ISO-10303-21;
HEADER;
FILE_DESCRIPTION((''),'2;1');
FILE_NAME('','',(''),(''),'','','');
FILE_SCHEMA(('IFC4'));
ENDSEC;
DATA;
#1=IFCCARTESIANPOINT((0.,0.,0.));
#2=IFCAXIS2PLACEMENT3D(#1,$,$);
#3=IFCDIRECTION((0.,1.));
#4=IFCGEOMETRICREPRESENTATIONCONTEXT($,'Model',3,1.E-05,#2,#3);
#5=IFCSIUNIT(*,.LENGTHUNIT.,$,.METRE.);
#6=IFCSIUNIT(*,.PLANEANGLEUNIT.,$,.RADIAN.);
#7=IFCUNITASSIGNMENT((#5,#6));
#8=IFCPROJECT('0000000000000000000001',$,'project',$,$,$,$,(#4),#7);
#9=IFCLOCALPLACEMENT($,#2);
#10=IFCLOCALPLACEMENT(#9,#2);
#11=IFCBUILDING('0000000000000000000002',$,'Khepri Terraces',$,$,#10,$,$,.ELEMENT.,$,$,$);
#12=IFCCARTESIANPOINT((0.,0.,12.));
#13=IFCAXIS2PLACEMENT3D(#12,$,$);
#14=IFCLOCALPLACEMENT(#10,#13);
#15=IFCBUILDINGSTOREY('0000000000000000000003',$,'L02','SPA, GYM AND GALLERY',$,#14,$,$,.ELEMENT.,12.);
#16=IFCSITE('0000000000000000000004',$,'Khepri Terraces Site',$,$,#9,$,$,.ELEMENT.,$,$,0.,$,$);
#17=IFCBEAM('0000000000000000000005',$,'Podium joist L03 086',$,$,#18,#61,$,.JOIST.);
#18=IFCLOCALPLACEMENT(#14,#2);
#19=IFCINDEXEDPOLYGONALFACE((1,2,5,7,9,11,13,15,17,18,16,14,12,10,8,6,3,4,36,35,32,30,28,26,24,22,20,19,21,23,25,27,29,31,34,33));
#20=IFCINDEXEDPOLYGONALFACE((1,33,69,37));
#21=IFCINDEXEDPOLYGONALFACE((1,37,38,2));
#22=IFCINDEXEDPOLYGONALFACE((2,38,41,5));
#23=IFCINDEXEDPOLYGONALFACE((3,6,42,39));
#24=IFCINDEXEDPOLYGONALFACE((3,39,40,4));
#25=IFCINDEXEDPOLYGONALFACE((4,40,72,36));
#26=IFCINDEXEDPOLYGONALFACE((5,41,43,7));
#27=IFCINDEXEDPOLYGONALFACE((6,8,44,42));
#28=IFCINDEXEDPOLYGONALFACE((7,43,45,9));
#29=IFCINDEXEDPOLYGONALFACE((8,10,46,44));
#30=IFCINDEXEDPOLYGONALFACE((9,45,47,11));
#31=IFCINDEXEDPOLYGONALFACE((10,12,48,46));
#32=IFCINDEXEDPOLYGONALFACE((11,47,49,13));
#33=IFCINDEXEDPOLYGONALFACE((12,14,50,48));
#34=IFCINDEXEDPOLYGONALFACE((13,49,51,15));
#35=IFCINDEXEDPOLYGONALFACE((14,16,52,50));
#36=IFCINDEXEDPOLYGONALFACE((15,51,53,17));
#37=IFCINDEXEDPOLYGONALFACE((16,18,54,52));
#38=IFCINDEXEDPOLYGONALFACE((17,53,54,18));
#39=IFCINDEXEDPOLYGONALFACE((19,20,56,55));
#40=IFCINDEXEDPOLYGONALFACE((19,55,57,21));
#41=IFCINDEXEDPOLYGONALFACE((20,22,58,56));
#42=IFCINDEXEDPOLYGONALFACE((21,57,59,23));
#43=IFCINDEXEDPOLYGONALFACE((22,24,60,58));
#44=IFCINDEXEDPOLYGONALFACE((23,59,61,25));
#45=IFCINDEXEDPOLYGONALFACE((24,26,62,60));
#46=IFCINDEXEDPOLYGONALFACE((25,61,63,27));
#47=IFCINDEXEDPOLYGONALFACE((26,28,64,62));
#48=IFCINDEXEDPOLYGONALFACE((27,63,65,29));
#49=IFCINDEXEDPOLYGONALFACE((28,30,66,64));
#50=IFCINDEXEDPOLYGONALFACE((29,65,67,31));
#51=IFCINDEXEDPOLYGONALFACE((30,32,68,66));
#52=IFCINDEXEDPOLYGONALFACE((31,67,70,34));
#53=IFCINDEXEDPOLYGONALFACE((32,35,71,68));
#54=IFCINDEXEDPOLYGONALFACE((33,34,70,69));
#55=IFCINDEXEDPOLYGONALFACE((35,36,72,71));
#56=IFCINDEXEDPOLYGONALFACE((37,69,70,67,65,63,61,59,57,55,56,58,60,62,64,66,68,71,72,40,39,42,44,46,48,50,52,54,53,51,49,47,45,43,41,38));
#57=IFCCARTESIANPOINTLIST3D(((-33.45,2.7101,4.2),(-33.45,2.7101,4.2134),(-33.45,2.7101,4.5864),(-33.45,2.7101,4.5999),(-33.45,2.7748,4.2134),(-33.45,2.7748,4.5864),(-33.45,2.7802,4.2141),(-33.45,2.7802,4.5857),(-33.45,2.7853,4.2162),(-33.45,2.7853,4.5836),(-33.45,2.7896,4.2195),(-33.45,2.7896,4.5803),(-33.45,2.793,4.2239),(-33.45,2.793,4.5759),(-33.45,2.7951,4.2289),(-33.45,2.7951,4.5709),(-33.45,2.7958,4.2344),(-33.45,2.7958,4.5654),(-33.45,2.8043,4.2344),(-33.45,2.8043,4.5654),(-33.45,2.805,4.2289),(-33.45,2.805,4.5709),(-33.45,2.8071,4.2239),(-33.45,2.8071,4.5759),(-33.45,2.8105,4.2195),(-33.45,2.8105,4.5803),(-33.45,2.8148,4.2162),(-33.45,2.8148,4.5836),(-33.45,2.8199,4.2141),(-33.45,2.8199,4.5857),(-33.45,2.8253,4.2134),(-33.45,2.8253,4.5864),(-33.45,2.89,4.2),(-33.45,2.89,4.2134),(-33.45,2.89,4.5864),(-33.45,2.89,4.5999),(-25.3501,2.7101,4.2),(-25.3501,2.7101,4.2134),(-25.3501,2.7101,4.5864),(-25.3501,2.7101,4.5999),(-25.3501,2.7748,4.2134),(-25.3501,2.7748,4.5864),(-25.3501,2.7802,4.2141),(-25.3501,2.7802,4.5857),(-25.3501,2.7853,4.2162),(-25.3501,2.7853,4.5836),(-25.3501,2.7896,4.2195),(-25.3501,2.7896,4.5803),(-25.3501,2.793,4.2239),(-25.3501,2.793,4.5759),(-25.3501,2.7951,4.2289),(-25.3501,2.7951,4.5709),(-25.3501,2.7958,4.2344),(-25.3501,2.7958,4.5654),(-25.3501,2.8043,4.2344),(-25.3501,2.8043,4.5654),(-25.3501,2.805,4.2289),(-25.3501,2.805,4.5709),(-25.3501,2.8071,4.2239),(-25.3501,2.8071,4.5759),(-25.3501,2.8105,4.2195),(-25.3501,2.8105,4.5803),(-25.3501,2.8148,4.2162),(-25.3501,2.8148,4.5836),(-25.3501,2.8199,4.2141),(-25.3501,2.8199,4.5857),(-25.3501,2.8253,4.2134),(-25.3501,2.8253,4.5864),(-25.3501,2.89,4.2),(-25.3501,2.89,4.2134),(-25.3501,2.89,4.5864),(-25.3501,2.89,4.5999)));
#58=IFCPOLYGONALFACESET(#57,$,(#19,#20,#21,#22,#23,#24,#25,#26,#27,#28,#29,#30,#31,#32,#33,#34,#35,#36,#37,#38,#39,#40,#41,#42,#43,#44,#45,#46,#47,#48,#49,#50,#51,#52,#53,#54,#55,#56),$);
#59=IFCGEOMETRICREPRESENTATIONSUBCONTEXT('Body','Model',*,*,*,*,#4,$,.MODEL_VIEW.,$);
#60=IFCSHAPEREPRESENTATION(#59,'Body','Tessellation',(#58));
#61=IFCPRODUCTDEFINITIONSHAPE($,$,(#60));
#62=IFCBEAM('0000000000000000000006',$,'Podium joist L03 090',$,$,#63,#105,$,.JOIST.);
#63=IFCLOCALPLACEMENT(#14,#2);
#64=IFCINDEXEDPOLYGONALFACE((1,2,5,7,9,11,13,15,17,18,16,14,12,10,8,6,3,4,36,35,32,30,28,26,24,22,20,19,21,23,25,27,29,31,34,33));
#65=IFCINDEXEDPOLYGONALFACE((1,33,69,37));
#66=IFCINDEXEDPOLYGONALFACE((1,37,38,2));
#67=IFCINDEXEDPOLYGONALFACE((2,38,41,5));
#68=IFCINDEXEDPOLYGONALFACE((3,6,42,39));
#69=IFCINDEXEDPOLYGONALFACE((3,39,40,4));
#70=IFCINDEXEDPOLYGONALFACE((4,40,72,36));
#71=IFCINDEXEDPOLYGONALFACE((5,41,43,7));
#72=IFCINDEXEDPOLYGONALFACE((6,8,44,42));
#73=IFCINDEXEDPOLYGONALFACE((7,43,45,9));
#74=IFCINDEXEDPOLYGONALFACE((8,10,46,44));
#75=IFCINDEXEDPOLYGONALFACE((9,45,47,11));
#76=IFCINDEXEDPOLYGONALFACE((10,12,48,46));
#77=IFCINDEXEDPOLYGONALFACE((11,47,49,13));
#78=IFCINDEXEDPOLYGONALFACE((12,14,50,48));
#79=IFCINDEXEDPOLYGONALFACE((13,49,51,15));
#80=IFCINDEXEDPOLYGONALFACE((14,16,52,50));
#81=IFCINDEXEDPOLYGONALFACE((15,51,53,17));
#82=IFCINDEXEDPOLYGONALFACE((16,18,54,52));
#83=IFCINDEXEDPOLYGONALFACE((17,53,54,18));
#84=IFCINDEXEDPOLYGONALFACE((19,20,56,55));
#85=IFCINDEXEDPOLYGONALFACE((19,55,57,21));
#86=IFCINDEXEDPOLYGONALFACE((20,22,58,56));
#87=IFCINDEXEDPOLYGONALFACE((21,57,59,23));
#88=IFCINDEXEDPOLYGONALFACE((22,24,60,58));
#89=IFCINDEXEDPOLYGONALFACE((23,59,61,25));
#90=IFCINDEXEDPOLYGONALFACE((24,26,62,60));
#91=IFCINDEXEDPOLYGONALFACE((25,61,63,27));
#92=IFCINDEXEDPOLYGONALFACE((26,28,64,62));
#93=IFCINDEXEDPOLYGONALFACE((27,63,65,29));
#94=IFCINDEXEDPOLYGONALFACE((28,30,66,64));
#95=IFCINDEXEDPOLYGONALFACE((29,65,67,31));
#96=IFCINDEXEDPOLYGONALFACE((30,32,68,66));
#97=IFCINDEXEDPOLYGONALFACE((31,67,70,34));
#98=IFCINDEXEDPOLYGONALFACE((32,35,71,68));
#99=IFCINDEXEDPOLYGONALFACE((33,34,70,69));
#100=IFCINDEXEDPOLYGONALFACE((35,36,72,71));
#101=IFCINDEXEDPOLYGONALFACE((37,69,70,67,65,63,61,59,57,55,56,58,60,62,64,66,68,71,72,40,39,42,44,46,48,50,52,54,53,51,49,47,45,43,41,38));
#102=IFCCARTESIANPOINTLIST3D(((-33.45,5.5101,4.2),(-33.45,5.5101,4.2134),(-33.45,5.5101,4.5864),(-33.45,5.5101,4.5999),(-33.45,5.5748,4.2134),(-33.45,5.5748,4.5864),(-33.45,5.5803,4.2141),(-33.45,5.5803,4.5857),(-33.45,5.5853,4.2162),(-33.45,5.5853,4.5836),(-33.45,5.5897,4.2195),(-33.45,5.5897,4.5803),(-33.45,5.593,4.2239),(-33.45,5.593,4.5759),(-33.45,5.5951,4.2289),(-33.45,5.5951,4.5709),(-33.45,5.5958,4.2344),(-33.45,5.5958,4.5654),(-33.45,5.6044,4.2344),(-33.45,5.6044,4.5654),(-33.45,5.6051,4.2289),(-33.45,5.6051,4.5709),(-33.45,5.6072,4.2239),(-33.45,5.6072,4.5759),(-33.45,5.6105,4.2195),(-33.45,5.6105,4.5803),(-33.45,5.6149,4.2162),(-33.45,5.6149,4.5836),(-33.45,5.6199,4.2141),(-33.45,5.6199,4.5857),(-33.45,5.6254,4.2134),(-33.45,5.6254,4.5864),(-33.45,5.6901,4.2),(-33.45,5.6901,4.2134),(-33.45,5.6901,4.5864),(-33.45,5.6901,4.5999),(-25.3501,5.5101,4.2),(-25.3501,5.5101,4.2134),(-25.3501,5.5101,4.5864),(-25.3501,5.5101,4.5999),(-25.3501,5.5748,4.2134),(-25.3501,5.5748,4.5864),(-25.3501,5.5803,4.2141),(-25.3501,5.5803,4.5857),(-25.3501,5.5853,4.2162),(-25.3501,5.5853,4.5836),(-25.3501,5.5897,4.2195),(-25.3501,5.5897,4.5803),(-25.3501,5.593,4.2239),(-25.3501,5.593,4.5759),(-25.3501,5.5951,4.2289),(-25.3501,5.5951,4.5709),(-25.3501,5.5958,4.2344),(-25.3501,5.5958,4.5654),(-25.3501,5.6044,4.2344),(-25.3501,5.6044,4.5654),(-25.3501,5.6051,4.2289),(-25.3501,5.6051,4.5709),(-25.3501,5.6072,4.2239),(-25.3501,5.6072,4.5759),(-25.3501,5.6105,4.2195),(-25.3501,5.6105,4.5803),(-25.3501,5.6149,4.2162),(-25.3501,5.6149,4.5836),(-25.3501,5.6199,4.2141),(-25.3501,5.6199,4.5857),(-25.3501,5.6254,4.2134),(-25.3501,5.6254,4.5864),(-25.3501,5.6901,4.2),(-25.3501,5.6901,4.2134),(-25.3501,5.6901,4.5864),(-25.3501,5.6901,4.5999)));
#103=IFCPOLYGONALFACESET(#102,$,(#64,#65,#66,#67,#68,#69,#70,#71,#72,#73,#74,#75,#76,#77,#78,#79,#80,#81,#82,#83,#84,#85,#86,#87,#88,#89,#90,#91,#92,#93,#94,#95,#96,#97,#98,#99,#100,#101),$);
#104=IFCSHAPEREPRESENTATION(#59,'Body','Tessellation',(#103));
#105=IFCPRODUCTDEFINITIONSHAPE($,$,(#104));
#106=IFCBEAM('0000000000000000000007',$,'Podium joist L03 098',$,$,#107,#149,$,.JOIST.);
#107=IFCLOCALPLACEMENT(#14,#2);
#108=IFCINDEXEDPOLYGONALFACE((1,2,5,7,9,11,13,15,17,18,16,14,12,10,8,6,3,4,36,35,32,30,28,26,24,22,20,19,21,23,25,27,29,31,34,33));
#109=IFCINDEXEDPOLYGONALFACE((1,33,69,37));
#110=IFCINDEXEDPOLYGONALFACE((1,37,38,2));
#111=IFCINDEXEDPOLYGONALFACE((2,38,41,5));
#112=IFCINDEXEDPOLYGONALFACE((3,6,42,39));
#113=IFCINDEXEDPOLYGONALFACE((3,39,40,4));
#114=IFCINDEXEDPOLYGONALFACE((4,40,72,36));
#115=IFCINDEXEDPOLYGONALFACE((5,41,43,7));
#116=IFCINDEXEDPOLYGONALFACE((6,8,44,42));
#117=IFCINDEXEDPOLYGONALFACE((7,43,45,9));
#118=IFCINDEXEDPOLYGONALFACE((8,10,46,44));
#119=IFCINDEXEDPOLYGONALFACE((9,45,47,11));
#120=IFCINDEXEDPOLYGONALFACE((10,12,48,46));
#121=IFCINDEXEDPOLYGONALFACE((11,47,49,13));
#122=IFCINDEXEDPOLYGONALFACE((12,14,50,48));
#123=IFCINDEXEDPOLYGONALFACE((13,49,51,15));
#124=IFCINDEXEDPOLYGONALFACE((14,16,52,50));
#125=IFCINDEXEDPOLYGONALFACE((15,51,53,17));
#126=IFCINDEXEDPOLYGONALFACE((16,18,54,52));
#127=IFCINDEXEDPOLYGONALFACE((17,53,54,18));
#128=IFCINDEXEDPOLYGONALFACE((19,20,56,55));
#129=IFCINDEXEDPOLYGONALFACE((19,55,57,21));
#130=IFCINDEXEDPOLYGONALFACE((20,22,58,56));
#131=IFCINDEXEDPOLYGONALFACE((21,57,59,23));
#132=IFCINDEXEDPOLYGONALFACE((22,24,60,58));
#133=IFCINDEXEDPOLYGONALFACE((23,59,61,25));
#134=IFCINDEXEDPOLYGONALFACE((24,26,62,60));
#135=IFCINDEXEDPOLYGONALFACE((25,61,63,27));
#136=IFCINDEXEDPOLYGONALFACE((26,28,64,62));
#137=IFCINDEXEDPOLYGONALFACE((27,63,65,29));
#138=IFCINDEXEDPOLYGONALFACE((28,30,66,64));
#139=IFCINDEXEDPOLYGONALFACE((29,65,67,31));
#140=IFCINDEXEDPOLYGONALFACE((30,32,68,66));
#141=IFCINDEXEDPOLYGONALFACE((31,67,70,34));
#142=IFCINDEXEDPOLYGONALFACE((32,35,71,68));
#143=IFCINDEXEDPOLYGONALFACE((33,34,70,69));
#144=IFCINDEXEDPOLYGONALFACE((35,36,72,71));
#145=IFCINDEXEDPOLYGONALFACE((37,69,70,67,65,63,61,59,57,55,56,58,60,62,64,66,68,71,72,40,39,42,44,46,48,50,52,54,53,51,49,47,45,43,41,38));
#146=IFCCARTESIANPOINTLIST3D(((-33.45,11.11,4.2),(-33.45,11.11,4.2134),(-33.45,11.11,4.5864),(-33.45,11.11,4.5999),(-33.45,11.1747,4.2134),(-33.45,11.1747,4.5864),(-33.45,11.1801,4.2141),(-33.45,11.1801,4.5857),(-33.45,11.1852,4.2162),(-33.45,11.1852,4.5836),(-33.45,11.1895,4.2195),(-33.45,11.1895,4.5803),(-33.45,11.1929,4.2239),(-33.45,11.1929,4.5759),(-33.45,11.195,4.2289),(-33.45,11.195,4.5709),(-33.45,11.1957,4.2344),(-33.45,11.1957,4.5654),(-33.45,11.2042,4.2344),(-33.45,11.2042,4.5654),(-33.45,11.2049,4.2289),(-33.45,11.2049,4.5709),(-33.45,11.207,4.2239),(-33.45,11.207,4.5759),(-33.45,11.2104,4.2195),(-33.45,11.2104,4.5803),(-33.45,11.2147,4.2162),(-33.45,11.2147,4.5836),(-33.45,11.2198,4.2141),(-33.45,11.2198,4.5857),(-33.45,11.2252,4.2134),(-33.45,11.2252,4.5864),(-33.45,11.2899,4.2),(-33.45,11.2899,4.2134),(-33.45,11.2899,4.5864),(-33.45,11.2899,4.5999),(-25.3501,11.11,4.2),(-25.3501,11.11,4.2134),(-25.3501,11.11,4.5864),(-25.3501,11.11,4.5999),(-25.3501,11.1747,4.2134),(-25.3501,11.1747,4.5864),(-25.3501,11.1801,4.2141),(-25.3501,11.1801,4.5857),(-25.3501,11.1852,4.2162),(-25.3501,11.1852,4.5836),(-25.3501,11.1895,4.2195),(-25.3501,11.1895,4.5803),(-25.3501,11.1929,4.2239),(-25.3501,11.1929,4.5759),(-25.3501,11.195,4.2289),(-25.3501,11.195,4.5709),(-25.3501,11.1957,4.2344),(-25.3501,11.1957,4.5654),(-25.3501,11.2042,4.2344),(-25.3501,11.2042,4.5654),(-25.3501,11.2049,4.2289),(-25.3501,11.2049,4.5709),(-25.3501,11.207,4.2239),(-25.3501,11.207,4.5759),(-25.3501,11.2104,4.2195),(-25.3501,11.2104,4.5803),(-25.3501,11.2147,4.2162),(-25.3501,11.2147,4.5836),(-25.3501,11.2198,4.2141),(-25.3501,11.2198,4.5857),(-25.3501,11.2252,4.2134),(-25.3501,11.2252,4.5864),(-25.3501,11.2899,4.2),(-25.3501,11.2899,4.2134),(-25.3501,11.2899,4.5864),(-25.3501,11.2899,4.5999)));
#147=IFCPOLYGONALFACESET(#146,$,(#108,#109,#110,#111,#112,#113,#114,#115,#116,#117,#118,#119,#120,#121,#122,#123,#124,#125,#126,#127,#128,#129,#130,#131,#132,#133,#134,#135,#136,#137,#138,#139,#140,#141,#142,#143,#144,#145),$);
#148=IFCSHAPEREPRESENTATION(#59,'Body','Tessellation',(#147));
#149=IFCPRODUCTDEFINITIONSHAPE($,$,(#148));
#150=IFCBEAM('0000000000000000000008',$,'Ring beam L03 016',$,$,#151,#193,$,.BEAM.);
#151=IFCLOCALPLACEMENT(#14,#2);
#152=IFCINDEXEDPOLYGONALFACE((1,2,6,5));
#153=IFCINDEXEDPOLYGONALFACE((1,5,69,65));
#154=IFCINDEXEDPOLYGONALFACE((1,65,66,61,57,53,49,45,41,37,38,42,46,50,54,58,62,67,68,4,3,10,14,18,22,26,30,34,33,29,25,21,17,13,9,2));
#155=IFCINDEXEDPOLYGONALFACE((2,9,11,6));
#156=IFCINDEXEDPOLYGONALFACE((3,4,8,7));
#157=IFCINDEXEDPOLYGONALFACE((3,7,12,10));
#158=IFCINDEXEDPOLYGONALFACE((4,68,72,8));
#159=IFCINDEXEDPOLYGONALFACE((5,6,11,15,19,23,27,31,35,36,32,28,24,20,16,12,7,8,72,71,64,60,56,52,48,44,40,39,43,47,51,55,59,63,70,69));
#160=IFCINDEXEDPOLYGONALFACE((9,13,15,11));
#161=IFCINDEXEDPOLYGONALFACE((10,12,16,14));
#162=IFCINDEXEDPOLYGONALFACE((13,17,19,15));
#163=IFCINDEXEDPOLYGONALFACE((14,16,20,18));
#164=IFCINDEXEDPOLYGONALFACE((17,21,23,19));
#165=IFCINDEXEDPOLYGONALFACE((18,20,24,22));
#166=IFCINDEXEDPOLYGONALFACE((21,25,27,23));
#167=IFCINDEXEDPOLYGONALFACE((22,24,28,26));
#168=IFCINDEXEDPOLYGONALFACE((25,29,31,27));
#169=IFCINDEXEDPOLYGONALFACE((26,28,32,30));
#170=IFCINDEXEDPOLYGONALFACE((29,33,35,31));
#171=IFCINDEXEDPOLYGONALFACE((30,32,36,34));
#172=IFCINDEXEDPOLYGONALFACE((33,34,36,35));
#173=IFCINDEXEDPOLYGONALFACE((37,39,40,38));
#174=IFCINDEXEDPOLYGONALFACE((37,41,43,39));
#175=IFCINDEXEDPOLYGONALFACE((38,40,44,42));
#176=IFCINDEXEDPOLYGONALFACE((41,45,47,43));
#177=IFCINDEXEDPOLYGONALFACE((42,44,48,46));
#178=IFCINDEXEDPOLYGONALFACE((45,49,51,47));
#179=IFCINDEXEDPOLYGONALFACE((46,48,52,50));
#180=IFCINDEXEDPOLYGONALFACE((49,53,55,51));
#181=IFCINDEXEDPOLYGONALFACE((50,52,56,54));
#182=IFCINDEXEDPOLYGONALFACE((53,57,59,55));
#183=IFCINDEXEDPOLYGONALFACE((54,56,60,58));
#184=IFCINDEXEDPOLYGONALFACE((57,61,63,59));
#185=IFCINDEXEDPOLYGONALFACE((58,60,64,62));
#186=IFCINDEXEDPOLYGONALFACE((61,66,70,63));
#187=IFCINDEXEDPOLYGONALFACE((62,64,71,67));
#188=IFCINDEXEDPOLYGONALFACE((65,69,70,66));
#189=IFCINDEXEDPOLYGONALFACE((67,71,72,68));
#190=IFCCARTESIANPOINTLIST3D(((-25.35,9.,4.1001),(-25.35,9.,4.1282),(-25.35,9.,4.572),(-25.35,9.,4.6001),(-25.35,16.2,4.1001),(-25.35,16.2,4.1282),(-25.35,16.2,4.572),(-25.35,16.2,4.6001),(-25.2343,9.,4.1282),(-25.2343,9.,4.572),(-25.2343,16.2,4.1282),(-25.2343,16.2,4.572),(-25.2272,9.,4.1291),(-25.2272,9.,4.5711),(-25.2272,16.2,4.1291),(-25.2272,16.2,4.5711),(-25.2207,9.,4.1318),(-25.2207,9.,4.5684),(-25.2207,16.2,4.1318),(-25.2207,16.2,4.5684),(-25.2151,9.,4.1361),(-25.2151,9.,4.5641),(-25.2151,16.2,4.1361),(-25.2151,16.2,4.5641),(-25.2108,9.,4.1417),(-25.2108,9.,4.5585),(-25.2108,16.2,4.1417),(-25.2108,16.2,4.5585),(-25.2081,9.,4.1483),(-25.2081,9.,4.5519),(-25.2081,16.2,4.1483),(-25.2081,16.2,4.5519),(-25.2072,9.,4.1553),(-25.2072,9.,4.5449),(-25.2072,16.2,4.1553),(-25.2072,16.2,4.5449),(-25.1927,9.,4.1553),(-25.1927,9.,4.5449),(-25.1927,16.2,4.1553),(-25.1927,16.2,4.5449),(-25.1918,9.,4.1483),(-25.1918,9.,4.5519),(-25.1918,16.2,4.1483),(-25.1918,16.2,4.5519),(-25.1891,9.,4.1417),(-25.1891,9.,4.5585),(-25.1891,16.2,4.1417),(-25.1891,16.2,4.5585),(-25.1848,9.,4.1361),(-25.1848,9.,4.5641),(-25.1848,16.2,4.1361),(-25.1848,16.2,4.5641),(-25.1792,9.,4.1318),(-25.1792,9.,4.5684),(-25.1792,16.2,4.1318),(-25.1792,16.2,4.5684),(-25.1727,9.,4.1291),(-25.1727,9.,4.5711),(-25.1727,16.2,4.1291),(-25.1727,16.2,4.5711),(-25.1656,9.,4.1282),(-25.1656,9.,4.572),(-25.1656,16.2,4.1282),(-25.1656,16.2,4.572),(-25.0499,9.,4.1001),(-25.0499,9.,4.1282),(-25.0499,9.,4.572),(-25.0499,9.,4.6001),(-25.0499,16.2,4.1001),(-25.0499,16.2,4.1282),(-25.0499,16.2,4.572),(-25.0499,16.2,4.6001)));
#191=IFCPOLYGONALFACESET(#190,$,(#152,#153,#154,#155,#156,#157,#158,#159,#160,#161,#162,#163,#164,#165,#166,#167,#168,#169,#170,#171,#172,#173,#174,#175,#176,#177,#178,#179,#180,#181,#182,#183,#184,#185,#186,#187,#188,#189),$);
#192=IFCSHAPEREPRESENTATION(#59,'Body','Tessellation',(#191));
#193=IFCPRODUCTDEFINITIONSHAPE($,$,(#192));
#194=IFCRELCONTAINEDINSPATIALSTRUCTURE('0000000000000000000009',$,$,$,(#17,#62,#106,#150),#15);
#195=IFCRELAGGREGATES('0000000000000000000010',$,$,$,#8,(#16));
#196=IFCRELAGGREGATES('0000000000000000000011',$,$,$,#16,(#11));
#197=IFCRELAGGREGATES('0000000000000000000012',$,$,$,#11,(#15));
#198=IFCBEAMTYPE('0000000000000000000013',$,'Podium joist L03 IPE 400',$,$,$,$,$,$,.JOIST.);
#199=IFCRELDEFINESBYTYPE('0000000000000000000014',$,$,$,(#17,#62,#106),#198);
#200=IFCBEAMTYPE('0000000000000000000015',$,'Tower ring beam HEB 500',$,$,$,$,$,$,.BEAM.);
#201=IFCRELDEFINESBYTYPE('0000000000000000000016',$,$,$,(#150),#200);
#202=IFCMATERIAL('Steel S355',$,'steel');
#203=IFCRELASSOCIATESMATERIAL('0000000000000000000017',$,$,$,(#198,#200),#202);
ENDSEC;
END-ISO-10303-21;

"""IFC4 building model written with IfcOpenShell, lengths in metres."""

from ifc_helpers import new_model, si_unit, direction, frame, origin, origin_2d, place, context, subcontext, project, spatial, i_section, extrude, material, material_profile, profile_set, type_object, element, save


model = new_model("IFC4")

# Units and contexts
model_context = context("Model", 3, precision=1e-05, world=origin(), true_north=direction((0.0, 1.0)))
body_context = subcontext(model_context, "Body", "Model", "MODEL_VIEW")
ifc_project = project(units=[si_unit("LENGTHUNIT", "METRE"), si_unit("PLANEANGLEUNIT", "RADIAN")], contexts=[model_context])

# Site, building, storey
site_placement = place(None, origin())
site = spatial("IfcSite", under=ifc_project, at=site_placement, Name="Khepri Terraces Site", CompositionType="ELEMENT", RefElevation=0.0)
building_placement = place(site_placement, origin())
building = spatial("IfcBuilding", under=site, at=building_placement, Name="Khepri Terraces", CompositionType="ELEMENT")
storey_placement = place(building_placement, frame((0.0, 0.0, 12.0)))
storey = spatial("IfcBuildingStorey", under=building, at=storey_placement, Name="L02", Description="SPA, GYM AND GALLERY", CompositionType="ELEMENT", Elevation=12.0)

# Beams
ifc_material_1 = material(Name="Steel S355", Category="steel")
ifc_material_profile_1 = material_profile(ifc_material_1, i_section(OverallWidth=0.1799, OverallDepth=0.3999, WebThickness=0.0085, FlangeThickness=0.0134, FilletRadius=0.021, at=origin_2d()), Name="Steel S355", Category="steel")
ifc_profile_set_1 = profile_set([ifc_material_profile_1], Name="Steel S355")
beam_type_1 = type_object("IfcBeamType", Name="Podium joist L03 IPE 400", PredefinedType="JOIST", material=ifc_profile_set_1)
for number, where, z_axis, x_axis, name in (
    (1, (-33.45, 2.8, 4.3999), (1.0, 0.0, 0.0), (0.0, 1.0, 0.0), "Podium joist L03 086"),
    (2, (-33.45, 5.6001, 4.3999), (1.0, 0.0, 0.0), (0.0, 1.0, 0.0), "Podium joist L03 090"),
    (3, (-33.45, 11.2, 4.3999), (1.0, 0.0, 0.0), (0.0, 1.0, 0.0), "Podium joist L03 098"),
):
    element("IfcBeam", number, at=place(storey_placement, frame(where, z_axis=z_axis, x_axis=x_axis)), inside=storey, type_object=beam_type_1, Name=name, PredefinedType="JOIST", context=body_context, shape_type="SweptSolid", body=[
        extrude(i_section(OverallWidth=0.1799, OverallDepth=0.3999, WebThickness=0.0085, FlangeThickness=0.0134, FilletRadius=0.021, at=origin_2d()), origin(), (0.0, 0.0, 1.0), 8.0999),
    ])
ifc_material_profile_2 = material_profile(ifc_material_1, i_section(OverallWidth=0.3, OverallDepth=0.5, WebThickness=0.0144, FlangeThickness=0.0281, FilletRadius=0.0271, at=origin_2d()), Name="Steel S355", Category="steel")
ifc_profile_set_2 = profile_set([ifc_material_profile_2], Name="Steel S355")
beam_type_2 = type_object("IfcBeamType", Name="Tower ring beam HEB 500", PredefinedType="BEAM", material=ifc_profile_set_2)
beam_1_placement = place(storey_placement, frame((-25.2, 9.0, 4.3501), z_axis=(0.0, 1.0, 0.0), x_axis=(-1.0, 0.0, 0.0)))
element("IfcBeam", 4, at=beam_1_placement, inside=storey, type_object=beam_type_2, Name="Ring beam L03 016", PredefinedType="BEAM", context=body_context, shape_type="SweptSolid", body=[
    extrude(i_section(OverallWidth=0.3, OverallDepth=0.5, WebThickness=0.0144, FlangeThickness=0.0281, FilletRadius=0.0271, at=origin_2d()), origin(), (0.0, 0.0, 1.0), 7.2),
])

save(model, "model.ifc")
